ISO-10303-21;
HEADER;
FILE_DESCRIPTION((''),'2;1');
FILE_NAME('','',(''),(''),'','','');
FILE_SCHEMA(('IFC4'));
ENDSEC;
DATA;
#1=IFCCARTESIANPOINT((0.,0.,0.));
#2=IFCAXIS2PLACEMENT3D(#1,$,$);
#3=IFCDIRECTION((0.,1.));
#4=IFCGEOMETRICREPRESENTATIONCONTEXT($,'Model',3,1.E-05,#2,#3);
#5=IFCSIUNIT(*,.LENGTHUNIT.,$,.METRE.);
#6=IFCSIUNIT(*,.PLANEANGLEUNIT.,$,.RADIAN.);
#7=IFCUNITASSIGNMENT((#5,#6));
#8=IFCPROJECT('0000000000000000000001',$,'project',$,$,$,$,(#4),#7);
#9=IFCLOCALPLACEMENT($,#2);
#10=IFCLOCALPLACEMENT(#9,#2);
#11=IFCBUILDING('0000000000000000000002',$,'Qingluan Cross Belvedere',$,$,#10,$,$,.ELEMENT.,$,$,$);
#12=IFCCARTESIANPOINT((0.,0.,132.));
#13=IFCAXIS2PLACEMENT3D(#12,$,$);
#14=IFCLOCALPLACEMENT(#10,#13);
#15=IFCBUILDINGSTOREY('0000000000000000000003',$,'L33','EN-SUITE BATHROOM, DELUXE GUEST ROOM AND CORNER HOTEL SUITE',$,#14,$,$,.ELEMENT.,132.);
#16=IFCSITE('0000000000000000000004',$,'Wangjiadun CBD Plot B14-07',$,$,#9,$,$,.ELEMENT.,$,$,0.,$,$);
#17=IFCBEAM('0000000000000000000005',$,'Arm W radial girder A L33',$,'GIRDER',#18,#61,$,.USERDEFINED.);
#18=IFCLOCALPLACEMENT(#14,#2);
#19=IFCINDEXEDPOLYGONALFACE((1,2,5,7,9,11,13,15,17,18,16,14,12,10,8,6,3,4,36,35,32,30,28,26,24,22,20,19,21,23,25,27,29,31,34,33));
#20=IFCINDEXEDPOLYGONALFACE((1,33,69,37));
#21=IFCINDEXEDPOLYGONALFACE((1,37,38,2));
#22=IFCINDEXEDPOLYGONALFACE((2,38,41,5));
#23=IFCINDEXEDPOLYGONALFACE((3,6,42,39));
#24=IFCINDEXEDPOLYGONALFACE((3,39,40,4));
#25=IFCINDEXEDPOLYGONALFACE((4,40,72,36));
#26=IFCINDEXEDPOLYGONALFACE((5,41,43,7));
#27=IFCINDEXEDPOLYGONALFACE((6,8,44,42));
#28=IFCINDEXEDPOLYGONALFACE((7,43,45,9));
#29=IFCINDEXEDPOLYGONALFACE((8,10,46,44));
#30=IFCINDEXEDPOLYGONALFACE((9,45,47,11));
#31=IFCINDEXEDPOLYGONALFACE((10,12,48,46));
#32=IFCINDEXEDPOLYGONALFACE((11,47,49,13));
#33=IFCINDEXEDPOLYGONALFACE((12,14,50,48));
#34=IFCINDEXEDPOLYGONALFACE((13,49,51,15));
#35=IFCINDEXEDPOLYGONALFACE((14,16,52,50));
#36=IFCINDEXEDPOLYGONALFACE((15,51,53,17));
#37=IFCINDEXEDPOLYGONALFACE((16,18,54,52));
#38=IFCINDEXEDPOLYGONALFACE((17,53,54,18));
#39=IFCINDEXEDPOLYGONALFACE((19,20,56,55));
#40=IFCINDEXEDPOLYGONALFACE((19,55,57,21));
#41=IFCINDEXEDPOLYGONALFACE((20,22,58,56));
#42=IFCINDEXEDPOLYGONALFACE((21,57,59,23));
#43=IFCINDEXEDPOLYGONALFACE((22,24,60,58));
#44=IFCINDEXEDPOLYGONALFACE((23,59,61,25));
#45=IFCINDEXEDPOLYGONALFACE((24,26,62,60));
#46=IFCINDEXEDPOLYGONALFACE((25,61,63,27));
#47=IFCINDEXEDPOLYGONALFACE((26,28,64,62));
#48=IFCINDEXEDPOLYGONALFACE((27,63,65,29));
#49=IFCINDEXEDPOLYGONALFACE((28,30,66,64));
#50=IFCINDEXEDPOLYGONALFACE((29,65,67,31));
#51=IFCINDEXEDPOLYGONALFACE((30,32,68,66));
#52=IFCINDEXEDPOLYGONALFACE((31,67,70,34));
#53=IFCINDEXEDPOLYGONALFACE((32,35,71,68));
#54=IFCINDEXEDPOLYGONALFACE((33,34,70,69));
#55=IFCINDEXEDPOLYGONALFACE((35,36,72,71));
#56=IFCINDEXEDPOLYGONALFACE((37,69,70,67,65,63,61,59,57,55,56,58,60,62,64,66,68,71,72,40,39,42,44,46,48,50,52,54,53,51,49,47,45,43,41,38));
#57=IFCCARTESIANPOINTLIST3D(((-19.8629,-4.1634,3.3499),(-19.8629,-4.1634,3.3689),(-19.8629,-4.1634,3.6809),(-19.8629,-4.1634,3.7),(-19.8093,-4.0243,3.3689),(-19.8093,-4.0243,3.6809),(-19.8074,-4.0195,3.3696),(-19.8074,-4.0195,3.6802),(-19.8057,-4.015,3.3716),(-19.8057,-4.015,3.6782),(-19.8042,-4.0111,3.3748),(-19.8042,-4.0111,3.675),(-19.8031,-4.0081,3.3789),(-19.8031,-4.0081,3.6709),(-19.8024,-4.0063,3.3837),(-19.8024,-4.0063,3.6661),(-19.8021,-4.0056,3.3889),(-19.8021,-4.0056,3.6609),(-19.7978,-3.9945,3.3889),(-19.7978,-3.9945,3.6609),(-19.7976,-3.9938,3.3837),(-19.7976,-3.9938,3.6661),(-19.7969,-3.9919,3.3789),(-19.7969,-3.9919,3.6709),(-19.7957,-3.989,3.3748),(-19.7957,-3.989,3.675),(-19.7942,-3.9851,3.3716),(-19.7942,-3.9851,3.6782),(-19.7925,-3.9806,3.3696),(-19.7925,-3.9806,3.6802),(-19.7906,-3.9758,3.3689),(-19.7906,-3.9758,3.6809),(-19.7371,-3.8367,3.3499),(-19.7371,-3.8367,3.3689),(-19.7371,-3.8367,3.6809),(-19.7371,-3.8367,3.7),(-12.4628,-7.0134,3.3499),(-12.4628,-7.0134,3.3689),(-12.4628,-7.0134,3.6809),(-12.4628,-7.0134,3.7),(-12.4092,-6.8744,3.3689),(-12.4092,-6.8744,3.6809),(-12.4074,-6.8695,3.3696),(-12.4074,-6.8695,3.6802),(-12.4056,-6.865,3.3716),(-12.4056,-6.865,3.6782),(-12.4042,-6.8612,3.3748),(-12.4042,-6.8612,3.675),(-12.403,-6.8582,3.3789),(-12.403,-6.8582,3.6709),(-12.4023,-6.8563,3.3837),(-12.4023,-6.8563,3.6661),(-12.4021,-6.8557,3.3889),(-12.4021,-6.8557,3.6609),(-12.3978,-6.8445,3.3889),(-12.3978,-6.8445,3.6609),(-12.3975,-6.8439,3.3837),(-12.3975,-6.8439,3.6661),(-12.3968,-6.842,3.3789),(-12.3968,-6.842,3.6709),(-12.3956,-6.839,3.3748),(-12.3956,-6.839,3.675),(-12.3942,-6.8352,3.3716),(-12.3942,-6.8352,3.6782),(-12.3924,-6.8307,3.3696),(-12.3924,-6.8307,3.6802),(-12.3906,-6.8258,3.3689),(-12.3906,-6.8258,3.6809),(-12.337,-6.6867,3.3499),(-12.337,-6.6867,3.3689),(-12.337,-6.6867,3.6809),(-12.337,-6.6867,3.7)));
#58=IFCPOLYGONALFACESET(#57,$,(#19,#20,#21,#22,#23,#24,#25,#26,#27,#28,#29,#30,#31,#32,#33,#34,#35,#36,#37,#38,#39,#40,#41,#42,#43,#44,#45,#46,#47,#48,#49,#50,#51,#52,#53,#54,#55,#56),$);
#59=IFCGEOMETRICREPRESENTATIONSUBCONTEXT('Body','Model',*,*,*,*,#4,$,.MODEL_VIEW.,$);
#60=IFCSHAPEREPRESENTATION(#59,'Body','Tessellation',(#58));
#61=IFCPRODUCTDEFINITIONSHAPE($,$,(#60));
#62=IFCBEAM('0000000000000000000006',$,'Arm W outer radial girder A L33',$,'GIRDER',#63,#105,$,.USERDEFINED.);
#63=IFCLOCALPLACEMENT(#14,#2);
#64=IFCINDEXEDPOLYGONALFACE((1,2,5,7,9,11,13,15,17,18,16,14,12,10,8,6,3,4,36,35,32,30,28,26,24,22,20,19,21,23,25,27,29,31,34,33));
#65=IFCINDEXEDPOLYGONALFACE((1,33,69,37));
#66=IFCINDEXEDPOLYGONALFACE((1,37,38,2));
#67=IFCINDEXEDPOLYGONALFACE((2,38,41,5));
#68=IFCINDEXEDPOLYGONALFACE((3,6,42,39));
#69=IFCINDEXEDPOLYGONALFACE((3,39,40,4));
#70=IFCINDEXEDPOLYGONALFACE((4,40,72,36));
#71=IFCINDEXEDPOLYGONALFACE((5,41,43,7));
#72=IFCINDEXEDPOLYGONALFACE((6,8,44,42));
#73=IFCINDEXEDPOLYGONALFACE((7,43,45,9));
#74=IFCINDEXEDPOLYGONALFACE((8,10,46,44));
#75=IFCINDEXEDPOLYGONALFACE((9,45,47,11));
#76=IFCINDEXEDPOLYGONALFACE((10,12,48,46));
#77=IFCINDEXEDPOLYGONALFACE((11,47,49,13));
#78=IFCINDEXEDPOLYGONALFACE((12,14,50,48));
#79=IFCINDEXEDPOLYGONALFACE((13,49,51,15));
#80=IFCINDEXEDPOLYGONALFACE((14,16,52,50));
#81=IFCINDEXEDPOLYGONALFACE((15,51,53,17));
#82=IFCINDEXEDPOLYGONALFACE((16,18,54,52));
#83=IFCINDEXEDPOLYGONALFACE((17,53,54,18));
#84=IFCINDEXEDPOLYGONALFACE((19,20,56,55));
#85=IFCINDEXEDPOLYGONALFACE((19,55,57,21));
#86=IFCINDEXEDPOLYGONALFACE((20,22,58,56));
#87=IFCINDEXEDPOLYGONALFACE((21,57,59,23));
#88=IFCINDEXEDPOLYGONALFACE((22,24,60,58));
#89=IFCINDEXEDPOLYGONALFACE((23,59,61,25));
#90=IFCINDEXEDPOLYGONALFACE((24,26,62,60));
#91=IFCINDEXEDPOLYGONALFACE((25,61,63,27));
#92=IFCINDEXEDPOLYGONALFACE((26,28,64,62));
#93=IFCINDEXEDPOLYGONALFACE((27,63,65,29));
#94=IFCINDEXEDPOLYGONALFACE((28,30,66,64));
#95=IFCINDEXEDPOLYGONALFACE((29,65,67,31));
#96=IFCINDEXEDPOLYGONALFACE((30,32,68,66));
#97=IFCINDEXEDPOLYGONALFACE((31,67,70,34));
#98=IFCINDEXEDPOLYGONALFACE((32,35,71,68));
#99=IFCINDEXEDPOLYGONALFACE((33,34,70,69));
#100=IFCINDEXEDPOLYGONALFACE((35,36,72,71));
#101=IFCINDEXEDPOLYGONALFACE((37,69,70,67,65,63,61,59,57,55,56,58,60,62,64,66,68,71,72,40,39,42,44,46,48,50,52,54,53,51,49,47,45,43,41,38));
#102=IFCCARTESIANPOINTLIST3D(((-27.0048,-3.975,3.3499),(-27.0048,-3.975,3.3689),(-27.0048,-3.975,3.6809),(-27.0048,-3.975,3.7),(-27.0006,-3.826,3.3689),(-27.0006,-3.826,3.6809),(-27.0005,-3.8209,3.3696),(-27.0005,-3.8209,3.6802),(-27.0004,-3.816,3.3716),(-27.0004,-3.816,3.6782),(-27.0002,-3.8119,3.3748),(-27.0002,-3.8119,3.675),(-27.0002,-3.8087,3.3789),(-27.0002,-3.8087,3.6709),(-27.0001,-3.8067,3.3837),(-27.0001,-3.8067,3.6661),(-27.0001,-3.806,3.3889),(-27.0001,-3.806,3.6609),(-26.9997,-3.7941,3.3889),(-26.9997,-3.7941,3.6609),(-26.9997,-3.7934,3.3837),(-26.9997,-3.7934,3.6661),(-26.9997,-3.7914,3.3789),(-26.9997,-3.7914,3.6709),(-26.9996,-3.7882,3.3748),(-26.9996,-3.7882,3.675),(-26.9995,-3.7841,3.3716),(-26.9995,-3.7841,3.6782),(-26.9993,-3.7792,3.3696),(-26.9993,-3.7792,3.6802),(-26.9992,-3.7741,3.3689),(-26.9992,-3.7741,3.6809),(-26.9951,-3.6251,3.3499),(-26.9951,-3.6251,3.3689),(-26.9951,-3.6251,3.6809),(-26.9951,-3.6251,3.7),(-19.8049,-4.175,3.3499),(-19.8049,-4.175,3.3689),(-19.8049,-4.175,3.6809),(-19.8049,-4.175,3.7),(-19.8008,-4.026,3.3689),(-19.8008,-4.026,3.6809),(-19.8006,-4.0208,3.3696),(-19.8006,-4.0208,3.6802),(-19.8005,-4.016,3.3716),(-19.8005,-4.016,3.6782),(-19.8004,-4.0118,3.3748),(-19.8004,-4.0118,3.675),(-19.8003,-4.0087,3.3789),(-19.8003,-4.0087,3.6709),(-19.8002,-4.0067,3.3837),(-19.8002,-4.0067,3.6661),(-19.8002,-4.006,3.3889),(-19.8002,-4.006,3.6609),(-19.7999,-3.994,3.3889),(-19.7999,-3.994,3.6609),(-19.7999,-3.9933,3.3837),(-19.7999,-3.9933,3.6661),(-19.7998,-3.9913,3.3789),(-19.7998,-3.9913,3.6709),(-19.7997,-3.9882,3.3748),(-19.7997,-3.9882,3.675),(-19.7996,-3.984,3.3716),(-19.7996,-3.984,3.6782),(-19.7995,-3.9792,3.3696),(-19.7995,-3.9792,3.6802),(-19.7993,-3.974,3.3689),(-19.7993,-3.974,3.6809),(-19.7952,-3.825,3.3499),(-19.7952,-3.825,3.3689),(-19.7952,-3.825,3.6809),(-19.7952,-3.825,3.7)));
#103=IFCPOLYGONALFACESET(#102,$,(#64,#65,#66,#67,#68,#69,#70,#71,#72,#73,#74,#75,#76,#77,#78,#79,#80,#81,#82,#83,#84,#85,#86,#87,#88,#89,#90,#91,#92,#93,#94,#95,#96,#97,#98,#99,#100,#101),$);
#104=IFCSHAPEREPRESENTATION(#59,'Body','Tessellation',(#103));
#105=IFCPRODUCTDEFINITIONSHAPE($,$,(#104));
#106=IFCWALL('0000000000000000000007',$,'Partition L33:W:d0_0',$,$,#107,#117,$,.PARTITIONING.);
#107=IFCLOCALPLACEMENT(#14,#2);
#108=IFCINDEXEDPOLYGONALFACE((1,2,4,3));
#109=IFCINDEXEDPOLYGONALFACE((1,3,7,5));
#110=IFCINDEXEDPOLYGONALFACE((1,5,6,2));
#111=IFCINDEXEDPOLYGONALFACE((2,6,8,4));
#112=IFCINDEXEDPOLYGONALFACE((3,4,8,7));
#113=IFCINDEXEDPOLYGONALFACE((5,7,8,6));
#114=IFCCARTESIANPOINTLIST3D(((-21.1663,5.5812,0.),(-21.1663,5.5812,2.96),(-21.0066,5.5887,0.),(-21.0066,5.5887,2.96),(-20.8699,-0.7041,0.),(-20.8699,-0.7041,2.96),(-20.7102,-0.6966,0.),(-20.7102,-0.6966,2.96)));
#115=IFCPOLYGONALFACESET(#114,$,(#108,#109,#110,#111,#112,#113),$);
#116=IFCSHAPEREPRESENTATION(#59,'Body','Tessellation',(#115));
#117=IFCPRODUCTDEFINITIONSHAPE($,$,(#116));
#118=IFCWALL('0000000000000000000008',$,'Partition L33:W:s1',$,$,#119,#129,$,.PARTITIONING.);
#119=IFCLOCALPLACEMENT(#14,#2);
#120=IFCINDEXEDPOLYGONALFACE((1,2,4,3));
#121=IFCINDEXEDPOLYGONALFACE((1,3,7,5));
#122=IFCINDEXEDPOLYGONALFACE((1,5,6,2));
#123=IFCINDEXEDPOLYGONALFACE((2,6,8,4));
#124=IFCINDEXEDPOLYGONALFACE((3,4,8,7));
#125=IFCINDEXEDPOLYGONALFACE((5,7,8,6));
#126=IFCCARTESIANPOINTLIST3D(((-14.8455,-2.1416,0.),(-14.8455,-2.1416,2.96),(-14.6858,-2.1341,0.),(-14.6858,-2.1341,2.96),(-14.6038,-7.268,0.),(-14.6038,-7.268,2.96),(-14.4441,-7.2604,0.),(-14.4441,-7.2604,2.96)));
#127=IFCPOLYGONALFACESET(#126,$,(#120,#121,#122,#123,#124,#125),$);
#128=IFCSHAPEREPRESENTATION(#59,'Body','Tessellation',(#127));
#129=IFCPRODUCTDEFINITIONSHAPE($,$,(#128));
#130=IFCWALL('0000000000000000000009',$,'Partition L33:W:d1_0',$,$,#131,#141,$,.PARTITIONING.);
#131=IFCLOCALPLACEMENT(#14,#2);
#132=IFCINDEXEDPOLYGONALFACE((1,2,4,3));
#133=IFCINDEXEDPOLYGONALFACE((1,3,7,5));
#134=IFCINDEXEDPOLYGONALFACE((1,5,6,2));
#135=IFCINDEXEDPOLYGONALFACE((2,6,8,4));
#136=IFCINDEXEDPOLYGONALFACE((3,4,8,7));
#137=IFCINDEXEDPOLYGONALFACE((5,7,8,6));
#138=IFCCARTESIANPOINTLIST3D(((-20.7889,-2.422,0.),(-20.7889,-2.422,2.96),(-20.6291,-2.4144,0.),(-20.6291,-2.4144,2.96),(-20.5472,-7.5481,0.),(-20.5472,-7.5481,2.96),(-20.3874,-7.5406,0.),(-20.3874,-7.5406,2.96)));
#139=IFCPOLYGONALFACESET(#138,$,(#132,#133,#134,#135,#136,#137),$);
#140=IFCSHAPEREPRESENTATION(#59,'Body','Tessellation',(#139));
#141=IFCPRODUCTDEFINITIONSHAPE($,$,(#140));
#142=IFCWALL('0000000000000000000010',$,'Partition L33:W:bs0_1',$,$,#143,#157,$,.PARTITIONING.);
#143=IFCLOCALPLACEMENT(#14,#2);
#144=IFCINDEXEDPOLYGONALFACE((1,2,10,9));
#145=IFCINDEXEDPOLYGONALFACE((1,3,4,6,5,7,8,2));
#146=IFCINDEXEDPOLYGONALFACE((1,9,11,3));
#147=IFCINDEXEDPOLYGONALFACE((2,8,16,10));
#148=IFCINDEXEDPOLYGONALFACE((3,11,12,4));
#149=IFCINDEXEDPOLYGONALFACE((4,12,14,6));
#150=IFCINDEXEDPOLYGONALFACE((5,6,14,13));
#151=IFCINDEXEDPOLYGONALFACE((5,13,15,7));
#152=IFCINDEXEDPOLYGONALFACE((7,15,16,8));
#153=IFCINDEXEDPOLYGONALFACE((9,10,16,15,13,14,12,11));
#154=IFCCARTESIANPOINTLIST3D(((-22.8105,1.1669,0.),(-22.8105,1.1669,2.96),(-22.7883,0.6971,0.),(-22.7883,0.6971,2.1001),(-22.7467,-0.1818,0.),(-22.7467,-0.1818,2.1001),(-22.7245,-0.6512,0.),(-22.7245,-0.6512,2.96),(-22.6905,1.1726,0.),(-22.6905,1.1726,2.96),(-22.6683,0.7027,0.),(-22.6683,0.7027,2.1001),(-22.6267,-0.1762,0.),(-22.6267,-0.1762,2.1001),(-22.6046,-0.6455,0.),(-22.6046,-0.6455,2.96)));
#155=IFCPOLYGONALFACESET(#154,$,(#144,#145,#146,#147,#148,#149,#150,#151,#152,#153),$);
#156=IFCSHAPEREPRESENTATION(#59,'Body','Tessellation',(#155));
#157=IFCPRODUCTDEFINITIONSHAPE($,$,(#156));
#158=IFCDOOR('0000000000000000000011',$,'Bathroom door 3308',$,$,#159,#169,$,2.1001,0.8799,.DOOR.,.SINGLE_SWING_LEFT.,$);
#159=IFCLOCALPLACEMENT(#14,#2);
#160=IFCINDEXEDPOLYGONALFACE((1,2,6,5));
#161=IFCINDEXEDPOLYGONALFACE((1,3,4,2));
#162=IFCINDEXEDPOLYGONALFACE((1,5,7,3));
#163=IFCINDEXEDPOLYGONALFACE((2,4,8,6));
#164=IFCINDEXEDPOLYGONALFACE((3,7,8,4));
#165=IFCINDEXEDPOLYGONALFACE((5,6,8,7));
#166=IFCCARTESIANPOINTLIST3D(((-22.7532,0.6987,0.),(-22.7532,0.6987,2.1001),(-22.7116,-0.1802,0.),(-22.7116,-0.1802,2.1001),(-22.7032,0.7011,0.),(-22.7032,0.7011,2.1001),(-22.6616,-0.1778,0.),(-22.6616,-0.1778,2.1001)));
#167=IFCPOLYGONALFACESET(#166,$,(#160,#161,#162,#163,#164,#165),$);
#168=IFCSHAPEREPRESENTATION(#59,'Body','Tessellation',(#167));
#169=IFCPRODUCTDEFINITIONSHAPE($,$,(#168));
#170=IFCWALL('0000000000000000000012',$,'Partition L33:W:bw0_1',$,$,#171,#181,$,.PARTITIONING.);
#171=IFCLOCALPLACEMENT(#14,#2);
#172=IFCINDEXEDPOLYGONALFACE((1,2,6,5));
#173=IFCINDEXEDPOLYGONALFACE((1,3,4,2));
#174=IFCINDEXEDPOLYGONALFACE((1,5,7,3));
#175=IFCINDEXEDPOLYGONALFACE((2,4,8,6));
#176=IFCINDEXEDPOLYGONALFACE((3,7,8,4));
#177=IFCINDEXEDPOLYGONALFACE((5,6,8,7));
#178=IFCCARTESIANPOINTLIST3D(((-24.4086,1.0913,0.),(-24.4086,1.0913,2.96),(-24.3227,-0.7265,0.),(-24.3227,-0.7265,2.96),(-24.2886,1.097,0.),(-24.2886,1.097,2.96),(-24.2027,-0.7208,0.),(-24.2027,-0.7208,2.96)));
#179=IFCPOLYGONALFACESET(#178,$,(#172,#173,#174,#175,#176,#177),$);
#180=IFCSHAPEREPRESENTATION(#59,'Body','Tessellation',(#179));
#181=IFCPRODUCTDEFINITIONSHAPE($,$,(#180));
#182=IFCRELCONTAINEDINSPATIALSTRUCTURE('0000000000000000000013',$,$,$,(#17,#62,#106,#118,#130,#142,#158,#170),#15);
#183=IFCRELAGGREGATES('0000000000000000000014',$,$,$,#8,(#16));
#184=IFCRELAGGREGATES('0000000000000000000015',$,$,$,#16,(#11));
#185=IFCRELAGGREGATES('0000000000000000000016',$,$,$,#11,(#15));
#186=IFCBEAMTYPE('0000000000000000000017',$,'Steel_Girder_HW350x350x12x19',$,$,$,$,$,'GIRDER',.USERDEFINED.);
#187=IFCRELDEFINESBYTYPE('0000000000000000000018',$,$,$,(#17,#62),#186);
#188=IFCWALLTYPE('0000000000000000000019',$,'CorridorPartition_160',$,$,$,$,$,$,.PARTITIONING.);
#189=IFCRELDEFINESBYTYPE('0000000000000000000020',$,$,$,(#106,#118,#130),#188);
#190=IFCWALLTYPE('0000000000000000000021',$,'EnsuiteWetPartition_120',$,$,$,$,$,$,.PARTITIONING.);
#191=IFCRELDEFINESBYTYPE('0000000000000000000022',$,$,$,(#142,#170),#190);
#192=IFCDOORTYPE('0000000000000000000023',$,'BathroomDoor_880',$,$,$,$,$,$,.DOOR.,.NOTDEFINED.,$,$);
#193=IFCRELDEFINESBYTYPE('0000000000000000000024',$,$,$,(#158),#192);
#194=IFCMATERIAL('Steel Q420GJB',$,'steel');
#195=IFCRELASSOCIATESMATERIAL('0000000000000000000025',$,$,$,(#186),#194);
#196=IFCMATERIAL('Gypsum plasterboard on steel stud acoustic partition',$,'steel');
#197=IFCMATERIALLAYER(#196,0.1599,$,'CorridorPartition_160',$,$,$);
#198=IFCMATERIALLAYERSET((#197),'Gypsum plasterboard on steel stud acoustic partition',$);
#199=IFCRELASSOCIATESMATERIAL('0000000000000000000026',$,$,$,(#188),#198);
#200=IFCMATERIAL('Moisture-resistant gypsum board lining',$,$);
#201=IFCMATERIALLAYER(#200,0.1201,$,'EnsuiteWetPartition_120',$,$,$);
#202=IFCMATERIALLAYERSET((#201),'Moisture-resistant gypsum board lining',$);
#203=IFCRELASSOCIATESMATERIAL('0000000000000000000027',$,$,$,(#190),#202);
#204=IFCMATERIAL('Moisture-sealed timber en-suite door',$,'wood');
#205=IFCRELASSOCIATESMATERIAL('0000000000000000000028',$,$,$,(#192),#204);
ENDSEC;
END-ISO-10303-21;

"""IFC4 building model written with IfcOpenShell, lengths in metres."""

from ifc_helpers import new_model, si_unit, direction, frame, frame_2d, origin, origin_2d, place, context, subcontext, project, spatial, rectangle, i_section, extrude, material, layer, layer_set, material_profile, profile_set, type_object, element, fill, save


model = new_model("IFC4")

# Units and contexts
model_context = context("Model", 3, precision=1e-05, world=origin(), true_north=direction((0.0, 1.0)))
body_context = subcontext(model_context, "Body", "Model", "MODEL_VIEW")
ifc_project = project(units=[si_unit("LENGTHUNIT", "METRE"), si_unit("PLANEANGLEUNIT", "RADIAN")], contexts=[model_context])

# Site, building, storey
site_placement = place(None, origin())
site = spatial("IfcSite", under=ifc_project, at=site_placement, Name="Wangjiadun CBD Plot B14-07", CompositionType="ELEMENT", RefElevation=0.0)
building_placement = place(site_placement, origin())
building = spatial("IfcBuilding", under=site, at=building_placement, Name="Qingluan Cross Belvedere", CompositionType="ELEMENT")
storey_placement = place(building_placement, frame((0.0, 0.0, 132.0)))
storey = spatial("IfcBuildingStorey", under=building, at=storey_placement, Name="L33", Description="EN-SUITE BATHROOM, DELUXE GUEST ROOM AND CORNER HOTEL SUITE", CompositionType="ELEMENT", Elevation=132.0)

# Beams
ifc_material_1 = material(Name="Steel Q420GJB", Category="steel")
ifc_material_profile_1 = material_profile(ifc_material_1, i_section(OverallWidth=0.3501, OverallDepth=0.3501, WebThickness=0.012, FlangeThickness=0.019, FilletRadius=0.02, at=origin_2d()), Name="HW350x350x12x19")
ifc_profile_set_1 = profile_set([ifc_material_profile_1], Name="Steel Q420GJB")
beam_type_1 = type_object("IfcBeamType", Name="Steel_Girder_HW350x350x12x19", ElementType="GIRDER", PredefinedType="USERDEFINED", material=ifc_profile_set_1)
beam_1_placement = place(storey_placement, frame((-12.3999, -6.8501, 3.5249), z_axis=(-0.933181, 0.359406, 0.0), x_axis=(-0.359406, -0.933181, 0.0)))
element("IfcBeam", 1, at=beam_1_placement, inside=storey, type_object=beam_type_1, Name="Arm W radial girder A L33", ObjectType="GIRDER", PredefinedType="USERDEFINED", context=body_context, shape_type="SweptSolid", body=[
    extrude(i_section(OverallWidth=0.3501, OverallDepth=0.3501, WebThickness=0.012, FlangeThickness=0.019, FilletRadius=0.02, at=origin_2d()), origin(), (0.0, 0.0, 1.0), 7.9299),
])
beam_2_placement = place(storey_placement, frame((-19.8, -4.0, 3.5249), z_axis=(-0.999615, 0.02776, 0.0), x_axis=(-0.02776, -0.999615, 0.0)))
element("IfcBeam", 2, at=beam_2_placement, inside=storey, type_object=beam_type_1, Name="Arm W outer radial girder A L33", ObjectType="GIRDER", PredefinedType="USERDEFINED", context=body_context, shape_type="SweptSolid", body=[
    extrude(i_section(OverallWidth=0.3501, OverallDepth=0.3501, WebThickness=0.012, FlangeThickness=0.019, FilletRadius=0.02, at=origin_2d()), origin(), (0.0, 0.0, 1.0), 7.2026),
])

# Wall
ifc_material_2 = material(Name="Gypsum plasterboard on steel stud acoustic partition", Category="steel")
ifc_layer_1 = layer(ifc_material_2, 0.1599, Name="CorridorPartition_160")
ifc_layer_set_1 = layer_set([ifc_layer_1], Name="Gypsum plasterboard on steel stud acoustic partition")
wall_type_1 = type_object("IfcWallType", Name="CorridorPartition_160", PredefinedType="PARTITIONING", material=ifc_layer_set_1)
wall_1_placement = place(storey_placement, frame((-20.79, -0.7002, 0.0), z_axis=(0.0, 0.0, 1.0), x_axis=(-0.047104, 0.99889, 0.0)))
element("IfcWall", 3, at=wall_1_placement, inside=storey, type_object=wall_type_1, Name="Partition L33:W:d0_0", PredefinedType="PARTITIONING", context=body_context, shape_type="SweptSolid", body=[
    extrude(rectangle(XDim=6.2922, YDim=0.1599, at=frame_2d((3.146, 0.0))), origin(), (0.0, 0.0, 1.0), 2.96),
])

# Walls
wall_2_placement = place(storey_placement, frame((-14.7656, -2.1379, 0.0), z_axis=(0.0, 0.0, 1.0), x_axis=(0.047095, -0.99889, 0.0)))
element("IfcWall", 4, at=wall_2_placement, inside=storey, type_object=wall_type_1, Name="Partition L33:W:s1", PredefinedType="PARTITIONING", context=body_context, shape_type="SweptSolid", body=[
    extrude(rectangle(XDim=5.1321, YDim=0.1599, at=frame_2d((2.5659, 0.0))), origin(), (0.0, 0.0, 1.0), 2.96),
])
wall_3_placement = place(storey_placement, frame((-20.709, -2.4182, 0.0), z_axis=(0.0, 0.0, 1.0), x_axis=(0.047097, -0.99889, 0.0)))
element("IfcWall", 5, at=wall_3_placement, inside=storey, type_object=wall_type_1, Name="Partition L33:W:d1_0", PredefinedType="PARTITIONING", context=body_context, shape_type="SweptSolid", body=[
    extrude(rectangle(XDim=5.1318, YDim=0.1599, at=frame_2d((2.5659, 0.0))), origin(), (0.0, 0.0, 1.0), 2.96),
])

# Wall, opening, door
ifc_material_3 = material(Name="Moisture-resistant gypsum board lining")
ifc_layer_2 = layer(ifc_material_3, 0.1201, Name="EnsuiteWetPartition_120")
ifc_layer_set_2 = layer_set([ifc_layer_2], Name="Moisture-resistant gypsum board lining")
wall_type_2 = type_object("IfcWallType", Name="EnsuiteWetPartition_120", PredefinedType="PARTITIONING", material=ifc_layer_set_2)
wall_4_placement = place(storey_placement, frame((-22.6646, -0.6484, 0.0), z_axis=(0.0, 0.0, 1.0), x_axis=(-0.047215, 0.998885, 0.0)))
wall_4 = element("IfcWall", 6, at=wall_4_placement, inside=storey, type_object=wall_type_2, Name="Partition L33:W:bs0_1", PredefinedType="PARTITIONING", context=body_context, shape_type="SweptSolid", body=[
    extrude(rectangle(XDim=1.8201, YDim=0.1201, at=frame_2d((0.9102, 0.0))), origin(), (0.0, 0.0, 1.0), 2.96),
])
opening_1_placement = place(wall_4_placement, frame((0.47, 0.0, 0.0)))
opening_1 = element("IfcOpeningElement", 7, at=opening_1_placement, cuts=wall_4, PredefinedType="OPENING", context=body_context, shape_type="SweptSolid", body=[
    extrude(rectangle(XDim=0.8799, YDim=2.1001, at=frame_2d((0.4399, 1.05))), frame((0.0, 0.0701, 0.0), z_axis=(0.0, -1.0, 0.0), x_axis=(1.0, 0.0, 0.0)), (0.0, 0.0, 1.0), 0.1401),
])
ifc_material_4 = material(Name="Moisture-sealed timber en-suite door", Category="wood")
door_type_1 = type_object("IfcDoorType", Name="BathroomDoor_880", OperationType="NOTDEFINED", PredefinedType="DOOR", material=ifc_material_4)
door_1_placement = place(opening_1_placement, origin())
door_1 = element("IfcDoor", 8, at=door_1_placement, inside=storey, type_object=door_type_1, Name="Bathroom door 3308", OperationType="SINGLE_SWING_LEFT", OverallHeight=2.1001, OverallWidth=0.8799, PredefinedType="DOOR", context=body_context, shape_type="SweptSolid", body=[
    extrude(rectangle(XDim=0.8799, YDim=2.1001, at=frame_2d((0.4399, 1.05))), frame((0.0, 0.0249, 0.0), z_axis=(0.0, -1.0, 0.0), x_axis=(1.0, 0.0, 0.0)), (0.0, 0.0, 1.0), 0.05),
])
fill(opening_1, door_1)

# Wall
wall_5_placement = place(storey_placement, frame((-24.2627, -0.7236, 0.0), z_axis=(0.0, 0.0, 1.0), x_axis=(-0.047221, 0.998884, 0.0)))
element("IfcWall", 9, at=wall_5_placement, inside=storey, type_object=wall_type_2, Name="Partition L33:W:bw0_1", PredefinedType="PARTITIONING", context=body_context, shape_type="SweptSolid", body=[
    extrude(rectangle(XDim=1.8198, YDim=0.1201, at=frame_2d((0.9099, 0.0))), origin(), (0.0, 0.0, 1.0), 2.96),
])

save(model, "model.ifc")
